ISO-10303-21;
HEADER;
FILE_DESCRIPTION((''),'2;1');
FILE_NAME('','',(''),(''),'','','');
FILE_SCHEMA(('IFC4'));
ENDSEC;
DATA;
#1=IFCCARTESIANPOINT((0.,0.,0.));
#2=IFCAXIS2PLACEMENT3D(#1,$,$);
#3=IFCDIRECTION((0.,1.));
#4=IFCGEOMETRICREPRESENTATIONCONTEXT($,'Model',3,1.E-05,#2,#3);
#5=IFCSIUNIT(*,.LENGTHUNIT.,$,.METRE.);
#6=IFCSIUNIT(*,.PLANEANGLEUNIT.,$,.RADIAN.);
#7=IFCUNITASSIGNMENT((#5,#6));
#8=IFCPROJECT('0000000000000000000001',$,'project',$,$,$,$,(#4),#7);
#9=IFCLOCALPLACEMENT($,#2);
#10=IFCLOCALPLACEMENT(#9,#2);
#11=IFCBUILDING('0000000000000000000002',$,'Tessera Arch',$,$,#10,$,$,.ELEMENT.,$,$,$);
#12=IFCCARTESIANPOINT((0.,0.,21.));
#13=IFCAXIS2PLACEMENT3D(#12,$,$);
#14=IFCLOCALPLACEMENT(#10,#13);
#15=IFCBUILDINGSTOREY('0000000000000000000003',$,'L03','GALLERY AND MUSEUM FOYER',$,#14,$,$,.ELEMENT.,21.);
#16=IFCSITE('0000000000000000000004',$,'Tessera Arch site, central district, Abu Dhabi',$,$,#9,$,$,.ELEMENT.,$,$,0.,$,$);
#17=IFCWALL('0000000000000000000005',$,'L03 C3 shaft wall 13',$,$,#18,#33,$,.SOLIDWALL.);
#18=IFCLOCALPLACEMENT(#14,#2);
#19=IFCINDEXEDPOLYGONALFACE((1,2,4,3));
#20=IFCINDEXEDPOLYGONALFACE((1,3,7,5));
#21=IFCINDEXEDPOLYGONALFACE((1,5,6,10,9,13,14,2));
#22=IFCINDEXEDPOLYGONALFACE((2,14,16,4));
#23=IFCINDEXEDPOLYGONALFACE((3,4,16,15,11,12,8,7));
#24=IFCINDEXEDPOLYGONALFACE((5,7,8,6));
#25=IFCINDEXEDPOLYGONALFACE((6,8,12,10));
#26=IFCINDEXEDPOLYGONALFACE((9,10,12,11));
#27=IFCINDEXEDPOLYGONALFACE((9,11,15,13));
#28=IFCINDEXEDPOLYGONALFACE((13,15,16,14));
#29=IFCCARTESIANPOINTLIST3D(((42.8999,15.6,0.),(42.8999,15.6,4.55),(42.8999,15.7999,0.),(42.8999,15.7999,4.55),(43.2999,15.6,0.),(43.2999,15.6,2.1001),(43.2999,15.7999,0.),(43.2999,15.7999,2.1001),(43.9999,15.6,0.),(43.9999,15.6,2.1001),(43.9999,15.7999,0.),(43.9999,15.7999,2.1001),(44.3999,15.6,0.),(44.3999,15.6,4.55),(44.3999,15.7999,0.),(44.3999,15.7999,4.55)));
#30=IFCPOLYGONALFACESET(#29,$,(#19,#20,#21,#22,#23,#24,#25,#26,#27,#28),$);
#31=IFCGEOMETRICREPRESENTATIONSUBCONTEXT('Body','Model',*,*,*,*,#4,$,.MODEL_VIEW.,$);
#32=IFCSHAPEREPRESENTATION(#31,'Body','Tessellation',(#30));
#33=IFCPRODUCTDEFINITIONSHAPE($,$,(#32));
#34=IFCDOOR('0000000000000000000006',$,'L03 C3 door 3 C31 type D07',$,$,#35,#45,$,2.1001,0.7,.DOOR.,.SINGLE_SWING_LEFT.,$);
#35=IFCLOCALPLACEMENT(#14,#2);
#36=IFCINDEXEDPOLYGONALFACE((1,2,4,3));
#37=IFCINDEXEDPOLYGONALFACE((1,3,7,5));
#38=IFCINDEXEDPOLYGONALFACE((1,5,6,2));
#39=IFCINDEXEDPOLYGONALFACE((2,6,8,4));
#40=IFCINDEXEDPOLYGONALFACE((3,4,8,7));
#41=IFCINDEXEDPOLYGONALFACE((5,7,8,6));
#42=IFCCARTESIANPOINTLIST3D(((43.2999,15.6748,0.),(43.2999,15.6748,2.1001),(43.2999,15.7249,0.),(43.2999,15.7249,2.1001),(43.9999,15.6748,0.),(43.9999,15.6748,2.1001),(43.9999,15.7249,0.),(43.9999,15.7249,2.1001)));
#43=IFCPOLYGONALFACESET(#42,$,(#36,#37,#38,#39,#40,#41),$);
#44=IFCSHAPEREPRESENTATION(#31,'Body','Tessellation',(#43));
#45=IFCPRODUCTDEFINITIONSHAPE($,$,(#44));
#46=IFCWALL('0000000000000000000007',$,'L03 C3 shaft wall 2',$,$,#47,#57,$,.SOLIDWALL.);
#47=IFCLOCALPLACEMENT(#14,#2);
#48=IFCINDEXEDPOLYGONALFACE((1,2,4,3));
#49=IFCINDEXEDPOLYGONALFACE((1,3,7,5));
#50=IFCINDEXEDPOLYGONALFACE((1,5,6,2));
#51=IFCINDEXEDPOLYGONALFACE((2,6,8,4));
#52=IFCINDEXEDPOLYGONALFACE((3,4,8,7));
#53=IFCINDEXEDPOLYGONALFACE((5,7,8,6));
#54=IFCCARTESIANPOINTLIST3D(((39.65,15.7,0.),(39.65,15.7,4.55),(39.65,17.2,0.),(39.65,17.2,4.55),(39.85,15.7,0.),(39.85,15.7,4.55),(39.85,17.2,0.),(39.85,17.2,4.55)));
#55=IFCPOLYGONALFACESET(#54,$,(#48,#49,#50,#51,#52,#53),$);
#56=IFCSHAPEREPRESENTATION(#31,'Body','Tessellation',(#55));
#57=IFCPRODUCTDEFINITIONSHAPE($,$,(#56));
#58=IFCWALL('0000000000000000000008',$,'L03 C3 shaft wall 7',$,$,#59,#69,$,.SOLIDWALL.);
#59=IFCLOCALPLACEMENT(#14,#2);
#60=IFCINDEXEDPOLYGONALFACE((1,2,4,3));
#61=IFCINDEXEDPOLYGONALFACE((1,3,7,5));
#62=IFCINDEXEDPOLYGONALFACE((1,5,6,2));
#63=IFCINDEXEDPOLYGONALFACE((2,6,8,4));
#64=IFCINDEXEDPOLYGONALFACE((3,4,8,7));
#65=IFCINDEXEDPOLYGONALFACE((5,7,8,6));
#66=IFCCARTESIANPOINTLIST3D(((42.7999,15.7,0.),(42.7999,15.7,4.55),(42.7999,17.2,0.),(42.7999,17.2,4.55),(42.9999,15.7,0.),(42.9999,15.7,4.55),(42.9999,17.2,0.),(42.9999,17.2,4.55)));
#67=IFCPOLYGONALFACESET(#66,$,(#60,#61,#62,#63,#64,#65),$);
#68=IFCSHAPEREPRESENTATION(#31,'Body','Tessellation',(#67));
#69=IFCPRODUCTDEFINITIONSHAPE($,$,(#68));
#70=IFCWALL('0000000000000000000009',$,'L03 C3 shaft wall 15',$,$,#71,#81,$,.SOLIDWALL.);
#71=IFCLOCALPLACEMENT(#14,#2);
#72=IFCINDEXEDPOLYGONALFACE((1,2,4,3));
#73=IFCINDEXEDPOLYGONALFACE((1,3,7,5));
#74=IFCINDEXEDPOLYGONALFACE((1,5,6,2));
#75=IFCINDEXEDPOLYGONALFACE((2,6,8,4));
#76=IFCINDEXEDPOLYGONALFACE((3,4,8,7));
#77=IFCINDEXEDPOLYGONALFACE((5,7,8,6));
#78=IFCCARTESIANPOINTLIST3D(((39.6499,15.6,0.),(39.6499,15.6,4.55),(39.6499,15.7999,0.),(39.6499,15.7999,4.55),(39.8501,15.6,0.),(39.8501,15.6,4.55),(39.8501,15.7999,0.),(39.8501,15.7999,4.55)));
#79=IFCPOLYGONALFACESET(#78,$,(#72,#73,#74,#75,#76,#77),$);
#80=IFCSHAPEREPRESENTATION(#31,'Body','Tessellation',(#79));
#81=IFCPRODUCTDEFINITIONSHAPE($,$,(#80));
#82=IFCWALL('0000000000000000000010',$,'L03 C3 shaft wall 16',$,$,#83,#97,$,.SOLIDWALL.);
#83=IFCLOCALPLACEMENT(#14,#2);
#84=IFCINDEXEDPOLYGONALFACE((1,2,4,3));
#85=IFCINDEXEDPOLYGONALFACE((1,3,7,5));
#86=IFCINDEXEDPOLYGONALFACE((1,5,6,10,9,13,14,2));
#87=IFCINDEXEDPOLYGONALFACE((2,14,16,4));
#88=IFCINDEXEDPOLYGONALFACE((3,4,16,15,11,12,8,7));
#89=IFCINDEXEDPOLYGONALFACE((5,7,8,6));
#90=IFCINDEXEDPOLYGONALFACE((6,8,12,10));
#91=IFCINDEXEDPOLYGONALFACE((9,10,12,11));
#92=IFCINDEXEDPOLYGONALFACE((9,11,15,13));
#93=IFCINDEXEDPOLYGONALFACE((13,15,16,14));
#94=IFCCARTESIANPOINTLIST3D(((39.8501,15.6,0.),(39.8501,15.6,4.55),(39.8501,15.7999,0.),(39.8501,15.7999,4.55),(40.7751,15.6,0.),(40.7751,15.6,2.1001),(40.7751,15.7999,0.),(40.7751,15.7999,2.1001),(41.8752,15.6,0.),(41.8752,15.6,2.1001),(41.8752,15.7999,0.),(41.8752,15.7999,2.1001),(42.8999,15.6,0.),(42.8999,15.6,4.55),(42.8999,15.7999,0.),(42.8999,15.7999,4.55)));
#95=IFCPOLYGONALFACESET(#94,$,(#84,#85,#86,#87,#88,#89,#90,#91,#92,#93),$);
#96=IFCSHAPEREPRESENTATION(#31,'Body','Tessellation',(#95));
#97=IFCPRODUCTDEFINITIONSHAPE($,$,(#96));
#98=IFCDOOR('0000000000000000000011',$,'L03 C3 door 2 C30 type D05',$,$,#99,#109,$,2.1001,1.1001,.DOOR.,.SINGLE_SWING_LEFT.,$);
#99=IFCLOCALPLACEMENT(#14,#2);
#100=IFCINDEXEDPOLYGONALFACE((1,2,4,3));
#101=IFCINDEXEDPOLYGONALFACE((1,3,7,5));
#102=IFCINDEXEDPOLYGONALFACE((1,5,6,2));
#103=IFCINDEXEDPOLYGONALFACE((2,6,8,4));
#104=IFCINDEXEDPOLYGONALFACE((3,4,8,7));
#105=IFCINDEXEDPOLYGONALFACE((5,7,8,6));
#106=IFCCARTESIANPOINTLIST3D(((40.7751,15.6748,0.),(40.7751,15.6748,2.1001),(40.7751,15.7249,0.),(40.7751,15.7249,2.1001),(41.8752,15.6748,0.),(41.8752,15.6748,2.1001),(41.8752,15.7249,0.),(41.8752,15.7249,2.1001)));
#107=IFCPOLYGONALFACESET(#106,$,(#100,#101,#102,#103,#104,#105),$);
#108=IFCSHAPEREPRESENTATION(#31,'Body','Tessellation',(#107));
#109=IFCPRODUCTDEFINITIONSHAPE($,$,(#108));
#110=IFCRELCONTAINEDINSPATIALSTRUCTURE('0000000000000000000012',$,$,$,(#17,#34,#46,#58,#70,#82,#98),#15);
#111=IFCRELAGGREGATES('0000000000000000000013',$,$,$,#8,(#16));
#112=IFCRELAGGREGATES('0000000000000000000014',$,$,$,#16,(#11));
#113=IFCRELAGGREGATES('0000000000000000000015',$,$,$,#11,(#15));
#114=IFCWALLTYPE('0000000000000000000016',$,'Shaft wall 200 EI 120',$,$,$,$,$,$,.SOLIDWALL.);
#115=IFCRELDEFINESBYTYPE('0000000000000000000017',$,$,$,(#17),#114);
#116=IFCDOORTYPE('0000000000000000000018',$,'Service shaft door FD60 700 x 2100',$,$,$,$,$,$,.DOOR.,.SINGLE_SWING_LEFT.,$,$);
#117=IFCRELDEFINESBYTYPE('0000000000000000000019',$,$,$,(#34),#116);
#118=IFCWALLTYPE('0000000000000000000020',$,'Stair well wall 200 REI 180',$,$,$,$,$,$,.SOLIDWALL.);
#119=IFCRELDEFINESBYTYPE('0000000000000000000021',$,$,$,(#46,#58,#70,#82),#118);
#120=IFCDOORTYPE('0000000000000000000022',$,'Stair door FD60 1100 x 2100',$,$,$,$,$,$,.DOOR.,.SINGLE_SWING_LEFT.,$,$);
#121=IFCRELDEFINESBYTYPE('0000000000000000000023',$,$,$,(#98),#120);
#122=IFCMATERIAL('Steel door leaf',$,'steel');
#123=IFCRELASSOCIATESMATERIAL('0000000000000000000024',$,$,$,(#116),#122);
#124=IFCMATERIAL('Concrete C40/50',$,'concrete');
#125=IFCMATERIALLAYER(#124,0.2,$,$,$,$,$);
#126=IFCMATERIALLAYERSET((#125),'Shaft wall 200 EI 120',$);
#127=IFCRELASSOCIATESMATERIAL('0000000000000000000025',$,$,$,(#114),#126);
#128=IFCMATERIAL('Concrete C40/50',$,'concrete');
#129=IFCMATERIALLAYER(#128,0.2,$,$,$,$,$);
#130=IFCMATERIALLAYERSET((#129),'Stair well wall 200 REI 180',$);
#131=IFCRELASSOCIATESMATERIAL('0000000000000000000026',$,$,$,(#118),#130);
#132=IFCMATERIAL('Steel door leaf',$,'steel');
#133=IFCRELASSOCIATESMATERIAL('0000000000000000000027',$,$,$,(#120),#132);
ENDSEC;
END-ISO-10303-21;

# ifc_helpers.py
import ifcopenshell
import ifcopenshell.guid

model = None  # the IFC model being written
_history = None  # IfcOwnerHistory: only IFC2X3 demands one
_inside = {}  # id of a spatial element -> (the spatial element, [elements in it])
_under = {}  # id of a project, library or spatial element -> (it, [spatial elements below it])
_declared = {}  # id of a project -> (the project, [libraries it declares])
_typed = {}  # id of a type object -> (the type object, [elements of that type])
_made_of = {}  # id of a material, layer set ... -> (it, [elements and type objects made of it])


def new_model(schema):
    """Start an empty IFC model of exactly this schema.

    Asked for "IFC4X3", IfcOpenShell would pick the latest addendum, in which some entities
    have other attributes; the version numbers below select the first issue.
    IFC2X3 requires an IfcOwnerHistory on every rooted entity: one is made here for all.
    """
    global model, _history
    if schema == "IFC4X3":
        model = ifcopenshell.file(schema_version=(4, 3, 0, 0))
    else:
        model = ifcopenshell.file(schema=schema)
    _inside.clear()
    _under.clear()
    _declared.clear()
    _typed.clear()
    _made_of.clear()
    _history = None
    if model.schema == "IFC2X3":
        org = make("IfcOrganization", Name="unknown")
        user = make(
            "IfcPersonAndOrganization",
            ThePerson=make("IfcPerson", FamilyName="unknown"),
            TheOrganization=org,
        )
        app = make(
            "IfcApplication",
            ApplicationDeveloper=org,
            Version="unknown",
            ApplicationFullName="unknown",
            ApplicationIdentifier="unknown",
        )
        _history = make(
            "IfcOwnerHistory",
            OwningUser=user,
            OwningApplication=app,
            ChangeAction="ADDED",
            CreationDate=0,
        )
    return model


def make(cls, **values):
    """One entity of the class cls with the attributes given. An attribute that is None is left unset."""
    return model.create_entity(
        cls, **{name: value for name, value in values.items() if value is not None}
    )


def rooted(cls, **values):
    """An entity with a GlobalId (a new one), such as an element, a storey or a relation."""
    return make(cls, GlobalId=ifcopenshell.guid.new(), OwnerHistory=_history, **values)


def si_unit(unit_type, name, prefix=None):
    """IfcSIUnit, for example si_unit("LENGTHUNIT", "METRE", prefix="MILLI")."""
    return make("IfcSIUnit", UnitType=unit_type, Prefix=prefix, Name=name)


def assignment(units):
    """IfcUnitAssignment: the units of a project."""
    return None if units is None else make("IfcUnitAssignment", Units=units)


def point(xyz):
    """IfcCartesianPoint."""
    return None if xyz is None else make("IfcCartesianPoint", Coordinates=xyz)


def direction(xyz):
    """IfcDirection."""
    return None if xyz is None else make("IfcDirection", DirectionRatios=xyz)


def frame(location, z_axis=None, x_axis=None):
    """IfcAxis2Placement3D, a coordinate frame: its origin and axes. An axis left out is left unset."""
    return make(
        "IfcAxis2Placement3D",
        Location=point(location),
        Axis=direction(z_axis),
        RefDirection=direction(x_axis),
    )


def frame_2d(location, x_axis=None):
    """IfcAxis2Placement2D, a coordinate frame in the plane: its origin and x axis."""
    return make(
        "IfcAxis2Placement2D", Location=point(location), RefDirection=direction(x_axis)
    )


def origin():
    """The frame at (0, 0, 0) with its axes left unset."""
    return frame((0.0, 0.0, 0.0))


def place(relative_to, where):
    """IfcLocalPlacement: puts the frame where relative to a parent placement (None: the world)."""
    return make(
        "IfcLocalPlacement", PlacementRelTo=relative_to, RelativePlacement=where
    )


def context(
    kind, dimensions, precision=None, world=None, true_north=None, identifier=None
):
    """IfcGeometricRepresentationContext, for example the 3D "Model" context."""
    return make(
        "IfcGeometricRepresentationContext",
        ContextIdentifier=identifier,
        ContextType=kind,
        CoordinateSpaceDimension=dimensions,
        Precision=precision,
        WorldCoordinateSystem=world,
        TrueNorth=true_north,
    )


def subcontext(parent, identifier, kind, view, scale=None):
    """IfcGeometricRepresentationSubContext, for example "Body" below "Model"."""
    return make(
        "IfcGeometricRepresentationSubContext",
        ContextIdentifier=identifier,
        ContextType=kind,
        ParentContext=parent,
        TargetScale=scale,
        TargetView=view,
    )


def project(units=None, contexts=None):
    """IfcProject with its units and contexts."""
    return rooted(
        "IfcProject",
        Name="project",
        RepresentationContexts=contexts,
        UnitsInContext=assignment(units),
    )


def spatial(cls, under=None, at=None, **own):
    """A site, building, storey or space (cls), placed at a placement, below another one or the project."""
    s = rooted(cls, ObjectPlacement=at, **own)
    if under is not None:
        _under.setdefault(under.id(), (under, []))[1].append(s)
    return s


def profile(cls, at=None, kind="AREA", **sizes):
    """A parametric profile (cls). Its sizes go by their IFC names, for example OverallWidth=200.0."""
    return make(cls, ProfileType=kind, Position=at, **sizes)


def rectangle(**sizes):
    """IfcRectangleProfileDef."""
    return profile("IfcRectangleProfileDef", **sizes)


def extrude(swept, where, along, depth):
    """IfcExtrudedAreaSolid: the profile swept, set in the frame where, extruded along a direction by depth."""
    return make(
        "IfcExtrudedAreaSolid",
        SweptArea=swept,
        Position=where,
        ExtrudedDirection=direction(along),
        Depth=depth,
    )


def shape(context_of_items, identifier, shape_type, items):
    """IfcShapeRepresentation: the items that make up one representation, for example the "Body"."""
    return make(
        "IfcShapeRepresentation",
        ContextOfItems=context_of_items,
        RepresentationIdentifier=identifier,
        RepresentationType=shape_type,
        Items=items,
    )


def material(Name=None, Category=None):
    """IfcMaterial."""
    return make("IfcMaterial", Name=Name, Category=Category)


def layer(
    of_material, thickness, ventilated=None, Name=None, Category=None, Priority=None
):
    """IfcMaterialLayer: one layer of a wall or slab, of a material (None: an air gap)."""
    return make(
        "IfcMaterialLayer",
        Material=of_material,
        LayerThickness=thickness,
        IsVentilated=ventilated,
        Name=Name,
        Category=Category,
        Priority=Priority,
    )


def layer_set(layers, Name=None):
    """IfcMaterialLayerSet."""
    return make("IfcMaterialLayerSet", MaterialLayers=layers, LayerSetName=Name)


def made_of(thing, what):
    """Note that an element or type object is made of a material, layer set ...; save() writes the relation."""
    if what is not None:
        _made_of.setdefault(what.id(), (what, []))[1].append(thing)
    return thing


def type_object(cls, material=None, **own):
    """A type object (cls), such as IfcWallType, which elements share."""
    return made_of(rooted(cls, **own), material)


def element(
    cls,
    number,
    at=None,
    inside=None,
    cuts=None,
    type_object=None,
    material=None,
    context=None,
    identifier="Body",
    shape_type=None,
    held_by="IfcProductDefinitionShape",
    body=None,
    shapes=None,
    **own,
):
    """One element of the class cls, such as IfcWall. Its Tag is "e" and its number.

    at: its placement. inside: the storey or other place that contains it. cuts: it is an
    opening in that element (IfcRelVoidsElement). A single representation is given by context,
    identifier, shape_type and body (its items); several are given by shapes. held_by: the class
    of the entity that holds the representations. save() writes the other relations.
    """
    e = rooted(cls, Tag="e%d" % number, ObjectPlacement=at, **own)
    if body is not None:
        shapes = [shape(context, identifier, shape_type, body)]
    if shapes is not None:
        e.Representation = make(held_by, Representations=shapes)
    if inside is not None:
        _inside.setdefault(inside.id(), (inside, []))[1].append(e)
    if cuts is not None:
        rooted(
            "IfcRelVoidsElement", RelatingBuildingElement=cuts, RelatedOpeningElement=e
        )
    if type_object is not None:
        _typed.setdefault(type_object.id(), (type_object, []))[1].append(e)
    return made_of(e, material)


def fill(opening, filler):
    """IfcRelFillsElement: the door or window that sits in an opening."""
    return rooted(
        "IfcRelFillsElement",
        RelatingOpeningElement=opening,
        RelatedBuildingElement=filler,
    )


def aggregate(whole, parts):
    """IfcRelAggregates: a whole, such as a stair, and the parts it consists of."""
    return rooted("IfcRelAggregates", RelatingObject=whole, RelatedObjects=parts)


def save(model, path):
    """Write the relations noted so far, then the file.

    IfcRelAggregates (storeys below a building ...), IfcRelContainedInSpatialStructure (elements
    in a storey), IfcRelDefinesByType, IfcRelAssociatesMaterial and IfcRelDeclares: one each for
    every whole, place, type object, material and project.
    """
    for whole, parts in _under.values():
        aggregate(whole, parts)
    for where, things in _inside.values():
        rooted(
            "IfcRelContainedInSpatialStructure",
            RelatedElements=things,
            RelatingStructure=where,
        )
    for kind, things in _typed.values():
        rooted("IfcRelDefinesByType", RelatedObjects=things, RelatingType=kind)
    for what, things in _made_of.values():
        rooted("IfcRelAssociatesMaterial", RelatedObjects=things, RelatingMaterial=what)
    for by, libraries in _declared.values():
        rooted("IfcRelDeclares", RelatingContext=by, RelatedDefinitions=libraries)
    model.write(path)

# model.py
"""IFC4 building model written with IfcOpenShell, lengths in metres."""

from ifc_helpers import new_model, si_unit, direction, frame, frame_2d, origin, place, context, subcontext, project, spatial, rectangle, extrude, material, layer, layer_set, type_object, element, fill, save


model = new_model("IFC4")

# Units and contexts
model_context = context("Model", 3, precision=1e-05, world=origin(), true_north=direction((0.0, 1.0)))
body_context = subcontext(model_context, "Body", "Model", "MODEL_VIEW")
ifc_project = project(units=[si_unit("LENGTHUNIT", "METRE"), si_unit("PLANEANGLEUNIT", "RADIAN")], contexts=[model_context])

# Site, building, storey
site_placement = place(None, origin())
site = spatial("IfcSite", under=ifc_project, at=site_placement, Name="Tessera Arch site, central district, Abu Dhabi", CompositionType="ELEMENT", RefElevation=0.0)
building_placement = place(site_placement, origin())
building = spatial("IfcBuilding", under=site, at=building_placement, Name="Tessera Arch", CompositionType="ELEMENT")
storey_placement = place(building_placement, frame((0.0, 0.0, 21.0)))
storey = spatial("IfcBuildingStorey", under=building, at=storey_placement, Name="L03", Description="GALLERY AND MUSEUM FOYER", CompositionType="ELEMENT", Elevation=21.0)

# Shared definitions
ifc_material_1 = material(Name="Steel door leaf", Category="steel")
door_type_1 = type_object("IfcDoorType", Name="Service shaft door FD60 700 x 2100", OperationType="SINGLE_SWING_LEFT", PredefinedType="DOOR", material=ifc_material_1)

# Shared definitions
ifc_material_2 = material(Name="Concrete C40/50", Category="concrete")
ifc_layer_1 = layer(ifc_material_2, 0.2)
ifc_layer_set_1 = layer_set([ifc_layer_1], Name="Shaft wall 200 EI 120")
wall_type_1 = type_object("IfcWallType", Name="Shaft wall 200 EI 120", PredefinedType="SOLIDWALL", material=ifc_layer_set_1)

# Wall, opening, door
wall_1_placement = place(storey_placement, frame((42.8999, 15.7, 0.0), z_axis=(0.0, 0.0, 1.0), x_axis=(1.0, 0.0, 0.0)))
wall_1 = element("IfcWall", 1, at=wall_1_placement, inside=storey, type_object=wall_type_1, Name="L03 C3 shaft wall 13", PredefinedType="SOLIDWALL", context=body_context, shape_type="SweptSolid", body=[
    extrude(rectangle(XDim=1.5, YDim=0.2, at=frame_2d((0.75, 0.0))), origin(), (0.0, 0.0, 1.0), 4.55),
])
opening_1_placement = place(wall_1_placement, frame((0.3999, 0.0, 0.0)))
opening_1 = element("IfcOpeningElement", 2, at=opening_1_placement, cuts=wall_1, PredefinedType="OPENING", context=body_context, shape_type="SweptSolid", body=[
    extrude(rectangle(XDim=0.7, YDim=2.1001, at=frame_2d((0.3501, 1.05))), frame((0.0, 0.1099, 0.0), z_axis=(0.0, -1.0, 0.0), x_axis=(1.0, 0.0, 0.0)), (0.0, 0.0, 1.0), 0.22),
])
door_1_placement = place(opening_1_placement, origin())
door_1 = element("IfcDoor", 3, at=door_1_placement, inside=storey, type_object=door_type_1, Name="L03 C3 door 3 C31 type D07", OperationType="SINGLE_SWING_LEFT", OverallHeight=2.1001, OverallWidth=0.7, PredefinedType="DOOR", context=body_context, shape_type="SweptSolid", body=[
    extrude(rectangle(XDim=0.7, YDim=2.1001, at=frame_2d((0.3501, 1.05))), frame((0.0, 0.0249, 0.0), z_axis=(0.0, -1.0, 0.0), x_axis=(1.0, 0.0, 0.0)), (0.0, 0.0, 1.0), 0.05),
])
fill(opening_1, door_1)

# Walls
ifc_material_3 = material(Name="Concrete C40/50", Category="concrete")
ifc_layer_2 = layer(ifc_material_3, 0.2)
ifc_layer_set_2 = layer_set([ifc_layer_2], Name="Stair well wall 200 REI 180")
wall_type_2 = type_object("IfcWallType", Name="Stair well wall 200 REI 180", PredefinedType="SOLIDWALL", material=ifc_layer_set_2)
for number, where, z_axis, x_axis, name in (
    (4, (39.75, 15.7, 0.0), (0.0, 0.0, 1.0), (0.0, 1.0, 0.0), "L03 C3 shaft wall 2"),
    (5, (42.8999, 15.7, 0.0), (0.0, 0.0, 1.0), (0.0, 1.0, 0.0), "L03 C3 shaft wall 7"),
):
    element("IfcWall", number, at=place(storey_placement, frame(where, z_axis=z_axis, x_axis=x_axis)), inside=storey, type_object=wall_type_2, Name=name, PredefinedType="SOLIDWALL", context=body_context, shape_type="SweptSolid", body=[
        extrude(rectangle(XDim=1.5, YDim=0.2, at=frame_2d((0.75, 0.0))), origin(), (0.0, 0.0, 1.0), 4.55),
    ])
wall_2_placement = place(storey_placement, frame((39.6499, 15.7, 0.0), z_axis=(0.0, 0.0, 1.0), x_axis=(1.0, 0.0, 0.0)))
element("IfcWall", 6, at=wall_2_placement, inside=storey, type_object=wall_type_2, Name="L03 C3 shaft wall 15", PredefinedType="SOLIDWALL", context=body_context, shape_type="SweptSolid", body=[
    extrude(rectangle(XDim=0.2002, YDim=0.2, at=frame_2d((0.1001, 0.0))), origin(), (0.0, 0.0, 1.0), 4.55),
])

# Wall, opening, door
wall_3_placement = place(storey_placement, frame((39.8501, 15.7, 0.0), z_axis=(0.0, 0.0, 1.0), x_axis=(1.0, 0.0, 0.0)))
wall_3 = element("IfcWall", 7, at=wall_3_placement, inside=storey, type_object=wall_type_2, Name="L03 C3 shaft wall 16", PredefinedType="SOLIDWALL", context=body_context, shape_type="SweptSolid", body=[
    extrude(rectangle(XDim=3.0498, YDim=0.2, at=frame_2d((1.5249, 0.0))), origin(), (0.0, 0.0, 1.0), 4.55),
])
opening_2_placement = place(wall_3_placement, frame((0.925, 0.0, 0.0)))
opening_2 = element("IfcOpeningElement", 8, at=opening_2_placement, cuts=wall_3, PredefinedType="OPENING", context=body_context, shape_type="SweptSolid", body=[
    extrude(rectangle(XDim=1.1001, YDim=2.1001, at=frame_2d((0.55, 1.05))), frame((0.0, 0.1099, 0.0), z_axis=(0.0, -1.0, 0.0), x_axis=(1.0, 0.0, 0.0)), (0.0, 0.0, 1.0), 0.22),
])
ifc_material_4 = material(Name="Steel door leaf", Category="steel")
door_type_2 = type_object("IfcDoorType", Name="Stair door FD60 1100 x 2100", OperationType="SINGLE_SWING_LEFT", PredefinedType="DOOR", material=ifc_material_4)
door_2_placement = place(opening_2_placement, origin())
door_2 = element("IfcDoor", 9, at=door_2_placement, inside=storey, type_object=door_type_2, Name="L03 C3 door 2 C30 type D05", OperationType="SINGLE_SWING_LEFT", OverallHeight=2.1001, OverallWidth=1.1001, PredefinedType="DOOR", context=body_context, shape_type="SweptSolid", body=[
    extrude(rectangle(XDim=1.1001, YDim=2.1001, at=frame_2d((0.55, 1.05))), frame((0.0, 0.0249, 0.0), z_axis=(0.0, -1.0, 0.0), x_axis=(1.0, 0.0, 0.0)), (0.0, 0.0, 1.0), 0.05),
])
fill(opening_2, door_2)

save(model, "model.ifc")
